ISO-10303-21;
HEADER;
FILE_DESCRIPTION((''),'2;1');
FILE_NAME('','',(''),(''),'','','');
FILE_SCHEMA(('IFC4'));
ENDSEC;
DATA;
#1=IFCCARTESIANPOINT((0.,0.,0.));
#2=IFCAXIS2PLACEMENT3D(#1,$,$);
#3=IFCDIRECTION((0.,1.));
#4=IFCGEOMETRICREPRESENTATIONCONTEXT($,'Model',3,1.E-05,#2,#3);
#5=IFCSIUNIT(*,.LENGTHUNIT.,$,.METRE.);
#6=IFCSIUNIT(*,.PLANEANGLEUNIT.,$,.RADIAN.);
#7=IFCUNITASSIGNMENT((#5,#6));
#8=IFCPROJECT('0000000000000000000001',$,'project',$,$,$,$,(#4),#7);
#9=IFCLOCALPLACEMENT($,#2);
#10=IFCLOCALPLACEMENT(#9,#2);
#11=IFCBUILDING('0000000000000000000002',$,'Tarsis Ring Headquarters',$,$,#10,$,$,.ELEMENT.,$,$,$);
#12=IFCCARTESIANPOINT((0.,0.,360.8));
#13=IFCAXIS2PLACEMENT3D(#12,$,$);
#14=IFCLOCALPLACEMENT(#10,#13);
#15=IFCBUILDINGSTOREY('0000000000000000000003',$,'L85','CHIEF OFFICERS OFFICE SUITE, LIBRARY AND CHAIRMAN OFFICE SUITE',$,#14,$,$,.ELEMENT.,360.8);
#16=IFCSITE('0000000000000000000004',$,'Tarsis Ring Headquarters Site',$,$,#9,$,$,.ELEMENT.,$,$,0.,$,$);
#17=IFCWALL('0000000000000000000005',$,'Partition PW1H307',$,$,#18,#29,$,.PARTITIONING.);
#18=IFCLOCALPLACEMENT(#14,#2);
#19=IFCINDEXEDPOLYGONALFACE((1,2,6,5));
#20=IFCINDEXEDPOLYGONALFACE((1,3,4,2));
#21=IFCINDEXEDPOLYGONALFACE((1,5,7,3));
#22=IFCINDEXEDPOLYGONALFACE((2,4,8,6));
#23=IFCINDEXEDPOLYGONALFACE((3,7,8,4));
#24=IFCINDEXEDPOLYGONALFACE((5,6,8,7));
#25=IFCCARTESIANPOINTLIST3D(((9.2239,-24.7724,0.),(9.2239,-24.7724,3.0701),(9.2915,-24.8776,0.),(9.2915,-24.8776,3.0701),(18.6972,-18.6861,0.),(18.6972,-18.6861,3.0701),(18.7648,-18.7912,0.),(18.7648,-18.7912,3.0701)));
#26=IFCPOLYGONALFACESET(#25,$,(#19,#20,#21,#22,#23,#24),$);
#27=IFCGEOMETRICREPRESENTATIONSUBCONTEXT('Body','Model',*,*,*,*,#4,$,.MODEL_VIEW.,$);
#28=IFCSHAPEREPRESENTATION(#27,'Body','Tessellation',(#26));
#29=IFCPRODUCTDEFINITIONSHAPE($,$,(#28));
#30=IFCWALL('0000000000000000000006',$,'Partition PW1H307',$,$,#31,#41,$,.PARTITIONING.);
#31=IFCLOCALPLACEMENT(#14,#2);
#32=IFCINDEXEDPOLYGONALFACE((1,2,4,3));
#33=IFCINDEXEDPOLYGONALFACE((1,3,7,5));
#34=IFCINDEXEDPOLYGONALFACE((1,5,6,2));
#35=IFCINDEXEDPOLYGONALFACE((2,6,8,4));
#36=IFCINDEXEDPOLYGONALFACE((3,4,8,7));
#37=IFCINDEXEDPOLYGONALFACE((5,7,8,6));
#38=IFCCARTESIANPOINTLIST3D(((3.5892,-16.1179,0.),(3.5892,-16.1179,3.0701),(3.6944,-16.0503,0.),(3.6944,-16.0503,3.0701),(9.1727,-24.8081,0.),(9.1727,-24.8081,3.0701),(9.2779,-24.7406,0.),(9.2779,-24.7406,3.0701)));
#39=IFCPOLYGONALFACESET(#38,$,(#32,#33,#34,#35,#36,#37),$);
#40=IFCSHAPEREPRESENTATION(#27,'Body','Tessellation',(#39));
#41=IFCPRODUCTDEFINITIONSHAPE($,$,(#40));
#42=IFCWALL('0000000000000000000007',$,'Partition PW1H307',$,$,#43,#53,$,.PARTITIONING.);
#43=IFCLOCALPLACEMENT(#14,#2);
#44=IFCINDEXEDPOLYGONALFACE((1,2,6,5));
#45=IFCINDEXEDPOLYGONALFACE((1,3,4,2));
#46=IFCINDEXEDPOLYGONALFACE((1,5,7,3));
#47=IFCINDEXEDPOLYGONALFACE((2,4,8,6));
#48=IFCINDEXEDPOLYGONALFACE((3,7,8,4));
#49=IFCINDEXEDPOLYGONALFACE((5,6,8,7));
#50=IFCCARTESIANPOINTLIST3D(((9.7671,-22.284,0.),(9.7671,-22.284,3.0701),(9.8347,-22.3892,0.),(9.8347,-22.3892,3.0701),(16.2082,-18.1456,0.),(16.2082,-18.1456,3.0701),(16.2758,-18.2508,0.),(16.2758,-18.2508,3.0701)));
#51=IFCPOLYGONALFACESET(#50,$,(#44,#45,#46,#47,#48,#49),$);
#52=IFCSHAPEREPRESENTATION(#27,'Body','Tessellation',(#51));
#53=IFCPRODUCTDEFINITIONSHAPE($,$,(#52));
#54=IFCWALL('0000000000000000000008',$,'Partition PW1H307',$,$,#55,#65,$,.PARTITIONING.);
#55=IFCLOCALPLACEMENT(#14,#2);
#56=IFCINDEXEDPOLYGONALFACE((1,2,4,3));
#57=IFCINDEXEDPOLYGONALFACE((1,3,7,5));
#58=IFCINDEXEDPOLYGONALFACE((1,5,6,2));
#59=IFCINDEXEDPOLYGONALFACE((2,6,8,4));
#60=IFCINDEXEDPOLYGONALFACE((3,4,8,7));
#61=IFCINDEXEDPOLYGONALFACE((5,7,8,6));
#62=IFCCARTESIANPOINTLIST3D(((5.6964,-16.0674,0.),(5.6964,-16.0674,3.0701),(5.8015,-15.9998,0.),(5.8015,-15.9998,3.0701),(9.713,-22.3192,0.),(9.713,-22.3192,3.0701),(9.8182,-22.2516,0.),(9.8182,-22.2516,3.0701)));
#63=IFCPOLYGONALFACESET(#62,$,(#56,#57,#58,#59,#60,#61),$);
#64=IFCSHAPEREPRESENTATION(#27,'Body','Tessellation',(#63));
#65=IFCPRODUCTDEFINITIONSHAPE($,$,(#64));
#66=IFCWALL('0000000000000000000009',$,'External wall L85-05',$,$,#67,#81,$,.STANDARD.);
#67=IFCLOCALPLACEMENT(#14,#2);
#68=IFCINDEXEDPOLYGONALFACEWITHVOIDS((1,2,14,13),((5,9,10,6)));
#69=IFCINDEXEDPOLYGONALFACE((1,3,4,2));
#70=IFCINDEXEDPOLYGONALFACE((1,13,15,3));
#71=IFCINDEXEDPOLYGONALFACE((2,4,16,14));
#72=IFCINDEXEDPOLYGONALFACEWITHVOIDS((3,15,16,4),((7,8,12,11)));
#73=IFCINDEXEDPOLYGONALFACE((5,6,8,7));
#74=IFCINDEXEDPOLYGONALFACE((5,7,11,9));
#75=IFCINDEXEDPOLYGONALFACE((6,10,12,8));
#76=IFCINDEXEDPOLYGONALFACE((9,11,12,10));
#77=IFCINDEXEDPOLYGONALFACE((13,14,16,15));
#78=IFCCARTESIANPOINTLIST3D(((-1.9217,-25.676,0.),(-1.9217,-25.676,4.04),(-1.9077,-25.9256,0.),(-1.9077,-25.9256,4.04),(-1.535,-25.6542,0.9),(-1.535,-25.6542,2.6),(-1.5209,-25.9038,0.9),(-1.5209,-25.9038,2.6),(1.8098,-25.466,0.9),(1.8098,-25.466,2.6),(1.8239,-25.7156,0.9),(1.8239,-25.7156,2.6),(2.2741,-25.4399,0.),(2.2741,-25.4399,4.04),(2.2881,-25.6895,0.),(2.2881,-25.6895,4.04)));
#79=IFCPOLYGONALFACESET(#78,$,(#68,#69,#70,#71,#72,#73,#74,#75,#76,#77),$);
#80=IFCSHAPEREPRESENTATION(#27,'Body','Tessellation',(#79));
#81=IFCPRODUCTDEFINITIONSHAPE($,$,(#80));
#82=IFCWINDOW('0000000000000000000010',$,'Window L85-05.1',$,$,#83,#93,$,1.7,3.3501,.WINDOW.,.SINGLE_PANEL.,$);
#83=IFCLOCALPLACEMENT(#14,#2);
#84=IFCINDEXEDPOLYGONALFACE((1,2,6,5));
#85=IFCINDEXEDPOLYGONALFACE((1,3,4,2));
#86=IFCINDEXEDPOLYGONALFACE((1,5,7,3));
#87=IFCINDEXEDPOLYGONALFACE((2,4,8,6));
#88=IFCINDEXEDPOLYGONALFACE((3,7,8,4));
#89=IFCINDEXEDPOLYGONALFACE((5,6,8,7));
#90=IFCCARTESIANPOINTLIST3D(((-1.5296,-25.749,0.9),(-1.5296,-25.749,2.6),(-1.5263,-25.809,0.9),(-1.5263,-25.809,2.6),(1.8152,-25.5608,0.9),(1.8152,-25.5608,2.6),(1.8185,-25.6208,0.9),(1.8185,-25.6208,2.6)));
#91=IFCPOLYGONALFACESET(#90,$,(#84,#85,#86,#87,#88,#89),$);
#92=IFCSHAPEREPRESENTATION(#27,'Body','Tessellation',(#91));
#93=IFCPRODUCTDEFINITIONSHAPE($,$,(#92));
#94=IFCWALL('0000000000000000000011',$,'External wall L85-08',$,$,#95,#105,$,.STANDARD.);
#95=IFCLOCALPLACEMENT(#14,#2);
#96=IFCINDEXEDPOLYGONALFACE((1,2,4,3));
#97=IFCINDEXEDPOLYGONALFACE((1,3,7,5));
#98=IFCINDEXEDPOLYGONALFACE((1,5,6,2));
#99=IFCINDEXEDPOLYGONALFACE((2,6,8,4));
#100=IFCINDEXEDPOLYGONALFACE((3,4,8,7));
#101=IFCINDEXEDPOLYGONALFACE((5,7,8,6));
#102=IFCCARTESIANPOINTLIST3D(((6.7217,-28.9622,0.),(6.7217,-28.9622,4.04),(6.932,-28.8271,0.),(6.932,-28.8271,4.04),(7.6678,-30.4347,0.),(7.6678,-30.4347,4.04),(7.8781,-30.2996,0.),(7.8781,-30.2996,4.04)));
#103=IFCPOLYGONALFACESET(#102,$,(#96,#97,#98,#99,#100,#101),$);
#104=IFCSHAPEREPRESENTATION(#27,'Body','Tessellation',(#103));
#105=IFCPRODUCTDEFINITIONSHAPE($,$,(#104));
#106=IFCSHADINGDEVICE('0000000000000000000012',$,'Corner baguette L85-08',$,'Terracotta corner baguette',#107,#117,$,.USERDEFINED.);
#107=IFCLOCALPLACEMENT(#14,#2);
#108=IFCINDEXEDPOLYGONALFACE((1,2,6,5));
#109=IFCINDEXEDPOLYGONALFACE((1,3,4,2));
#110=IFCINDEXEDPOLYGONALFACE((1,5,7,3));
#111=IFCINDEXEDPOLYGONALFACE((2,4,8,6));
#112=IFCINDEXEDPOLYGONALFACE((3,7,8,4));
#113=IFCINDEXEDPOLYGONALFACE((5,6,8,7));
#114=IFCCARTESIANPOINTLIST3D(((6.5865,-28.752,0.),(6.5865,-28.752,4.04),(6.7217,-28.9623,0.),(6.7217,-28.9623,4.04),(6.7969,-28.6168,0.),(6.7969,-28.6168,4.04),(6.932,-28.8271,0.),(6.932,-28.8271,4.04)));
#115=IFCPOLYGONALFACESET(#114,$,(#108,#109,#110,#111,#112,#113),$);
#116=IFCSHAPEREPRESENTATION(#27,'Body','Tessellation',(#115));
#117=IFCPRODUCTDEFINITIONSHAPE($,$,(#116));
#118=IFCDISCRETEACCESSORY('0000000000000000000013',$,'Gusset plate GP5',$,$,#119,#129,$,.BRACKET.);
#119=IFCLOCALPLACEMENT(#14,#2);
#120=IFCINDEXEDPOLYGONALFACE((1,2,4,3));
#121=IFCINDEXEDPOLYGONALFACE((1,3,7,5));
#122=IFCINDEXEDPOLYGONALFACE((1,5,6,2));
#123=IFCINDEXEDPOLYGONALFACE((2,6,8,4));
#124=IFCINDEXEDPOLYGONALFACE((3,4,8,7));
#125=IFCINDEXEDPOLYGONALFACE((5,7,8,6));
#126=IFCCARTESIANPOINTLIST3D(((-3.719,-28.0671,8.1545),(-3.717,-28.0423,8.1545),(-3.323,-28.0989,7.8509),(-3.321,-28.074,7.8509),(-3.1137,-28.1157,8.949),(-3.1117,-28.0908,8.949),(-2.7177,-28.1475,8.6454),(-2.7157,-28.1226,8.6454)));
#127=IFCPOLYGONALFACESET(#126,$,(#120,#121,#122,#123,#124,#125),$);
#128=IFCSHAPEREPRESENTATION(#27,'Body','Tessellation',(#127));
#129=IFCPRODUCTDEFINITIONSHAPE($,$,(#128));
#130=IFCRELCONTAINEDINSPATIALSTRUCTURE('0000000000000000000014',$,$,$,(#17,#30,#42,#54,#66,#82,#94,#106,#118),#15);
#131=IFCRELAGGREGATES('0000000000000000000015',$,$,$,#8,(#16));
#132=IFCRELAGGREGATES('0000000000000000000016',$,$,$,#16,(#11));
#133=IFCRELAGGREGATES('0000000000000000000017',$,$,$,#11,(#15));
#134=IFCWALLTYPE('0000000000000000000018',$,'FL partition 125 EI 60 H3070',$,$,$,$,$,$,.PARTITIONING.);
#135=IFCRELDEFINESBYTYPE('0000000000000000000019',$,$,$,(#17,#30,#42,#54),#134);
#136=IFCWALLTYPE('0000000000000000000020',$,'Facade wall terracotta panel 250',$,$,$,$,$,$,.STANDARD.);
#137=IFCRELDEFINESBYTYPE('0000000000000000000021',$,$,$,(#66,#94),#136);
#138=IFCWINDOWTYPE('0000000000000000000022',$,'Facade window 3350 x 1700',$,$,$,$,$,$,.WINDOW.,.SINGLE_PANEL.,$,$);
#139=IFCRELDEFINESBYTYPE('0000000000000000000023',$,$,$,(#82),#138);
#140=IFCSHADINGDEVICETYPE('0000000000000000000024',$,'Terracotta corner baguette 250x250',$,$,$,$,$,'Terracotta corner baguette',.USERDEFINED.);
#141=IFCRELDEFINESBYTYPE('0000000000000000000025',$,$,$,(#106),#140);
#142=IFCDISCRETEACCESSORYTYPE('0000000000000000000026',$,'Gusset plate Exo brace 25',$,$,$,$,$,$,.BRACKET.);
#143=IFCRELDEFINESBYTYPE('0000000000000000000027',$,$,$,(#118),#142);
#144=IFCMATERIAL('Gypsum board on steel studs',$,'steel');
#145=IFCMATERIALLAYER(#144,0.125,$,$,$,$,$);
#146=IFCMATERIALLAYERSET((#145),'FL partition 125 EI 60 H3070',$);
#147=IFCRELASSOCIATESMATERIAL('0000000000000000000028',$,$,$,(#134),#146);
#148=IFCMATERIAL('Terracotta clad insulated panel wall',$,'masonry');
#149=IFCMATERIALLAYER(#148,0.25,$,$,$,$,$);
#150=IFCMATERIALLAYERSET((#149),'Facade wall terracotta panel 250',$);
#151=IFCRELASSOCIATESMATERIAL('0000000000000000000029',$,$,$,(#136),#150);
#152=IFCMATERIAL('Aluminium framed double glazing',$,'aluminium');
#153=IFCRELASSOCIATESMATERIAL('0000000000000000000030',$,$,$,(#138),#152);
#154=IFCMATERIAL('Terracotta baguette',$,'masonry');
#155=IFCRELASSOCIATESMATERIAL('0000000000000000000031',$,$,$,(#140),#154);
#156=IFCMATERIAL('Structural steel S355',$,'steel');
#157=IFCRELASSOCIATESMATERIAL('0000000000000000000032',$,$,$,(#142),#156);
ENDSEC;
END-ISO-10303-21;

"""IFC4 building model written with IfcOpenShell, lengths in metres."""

from ifc_helpers import new_model, si_unit, direction, frame, frame_2d, origin, origin_2d, place, context, subcontext, project, spatial, rectangle, extrude, material, layer, layer_set, material_profile, profile_set, type_object, element, fill, save


model = new_model("IFC4")

# Units and contexts
model_context = context("Model", 3, precision=1e-05, world=origin(), true_north=direction((0.0, 1.0)))
body_context = subcontext(model_context, "Body", "Model", "MODEL_VIEW")
ifc_project = project(units=[si_unit("LENGTHUNIT", "METRE"), si_unit("PLANEANGLEUNIT", "RADIAN")], contexts=[model_context])

# Site, building, storey
site_placement = place(None, origin())
site = spatial("IfcSite", under=ifc_project, at=site_placement, Name="Tarsis Ring Headquarters Site", CompositionType="ELEMENT", RefElevation=0.0)
building_placement = place(site_placement, origin())
building = spatial("IfcBuilding", under=site, at=building_placement, Name="Tarsis Ring Headquarters", CompositionType="ELEMENT")
storey_placement = place(building_placement, frame((0.0, 0.0, 360.8)))
storey = spatial("IfcBuildingStorey", under=building, at=storey_placement, Name="L85", Description="CHIEF OFFICERS OFFICE SUITE, LIBRARY AND CHAIRMAN OFFICE SUITE", CompositionType="ELEMENT", Elevation=360.8)

# Shared definitions
ifc_material_1 = material(Name="Structural steel S355", Category="steel")

# Walls
ifc_material_2 = material(Name="Gypsum board on steel studs", Category="steel")
ifc_layer_1 = layer(ifc_material_2, 0.125)
ifc_layer_set_1 = layer_set([ifc_layer_1], Name="FL partition 125 EI 60 H3070")
wall_type_1 = type_object("IfcWallType", Name="FL partition 125 EI 60 H3070", PredefinedType="PARTITIONING", material=ifc_layer_set_1)
wall_1_placement = place(storey_placement, frame((9.2578, -24.825, 0.0), z_axis=(0.0, 0.0, 1.0), x_axis=(0.841324, 0.540531, 0.0)))
element("IfcWall", 1, at=wall_1_placement, inside=storey, type_object=wall_type_1, Name="Partition PW1H307", PredefinedType="PARTITIONING", context=body_context, shape_type="SweptSolid", body=[
    extrude(rectangle(XDim=11.26, YDim=0.125, at=frame_2d((5.6299, 0.0))), origin(), (0.0, 0.0, 1.0), 3.0701),
])
wall_2_placement = place(storey_placement, frame((3.6418, -16.0842, 0.0), z_axis=(0.0, 0.0, 1.0), x_axis=(0.540549, -0.841313, 0.0)))
element("IfcWall", 2, at=wall_2_placement, inside=storey, type_object=wall_type_1, Name="Partition PW1H307", PredefinedType="PARTITIONING", context=body_context, shape_type="SweptSolid", body=[
    extrude(rectangle(XDim=10.3293, YDim=0.125, at=frame_2d((5.1646, 0.0))), origin(), (0.0, 0.0, 1.0), 3.0701),
])
wall_3_placement = place(storey_placement, frame((9.8008, -22.3367, 0.0), z_axis=(0.0, 0.0, 1.0), x_axis=(0.841316, 0.540543, 0.0)))
element("IfcWall", 3, at=wall_3_placement, inside=storey, type_object=wall_type_1, Name="Partition PW1H307", PredefinedType="PARTITIONING", context=body_context, shape_type="SweptSolid", body=[
    extrude(rectangle(XDim=7.656, YDim=0.125, at=frame_2d((3.8281, 0.0))), origin(), (0.0, 0.0, 1.0), 3.0701),
])
wall_4_placement = place(storey_placement, frame((5.749, -16.0337, 0.0), z_axis=(0.0, 0.0, 1.0), x_axis=(0.540533, -0.841323, 0.0)))
element("IfcWall", 4, at=wall_4_placement, inside=storey, type_object=wall_type_1, Name="Partition PW1H307", PredefinedType="PARTITIONING", context=body_context, shape_type="SweptSolid", body=[
    extrude(rectangle(XDim=7.4309, YDim=0.125, at=frame_2d((3.7153, 0.0))), origin(), (0.0, 0.0, 1.0), 3.0701),
])

# Wall, opening, window
ifc_material_3 = material(Name="Terracotta clad insulated panel wall", Category="masonry")
ifc_layer_2 = layer(ifc_material_3, 0.25)
ifc_layer_set_2 = layer_set([ifc_layer_2], Name="Facade wall terracotta panel 250")
wall_type_2 = type_object("IfcWallType", Name="Facade wall terracotta panel 250", PredefinedType="STANDARD", material=ifc_layer_set_2)
wall_5_placement = place(storey_placement, frame((-1.9146, -25.8008, 0.0), z_axis=(0.0, 0.0, 1.0), x_axis=(0.998421, 0.056178, 0.0)))
wall_5 = element("IfcWall", 5, at=wall_5_placement, inside=storey, type_object=wall_type_2, Name="External wall L85-05", PredefinedType="STANDARD", context=body_context, shape_type="SweptSolid", body=[
    extrude(rectangle(XDim=4.2024, YDim=0.25, at=frame_2d((2.1011, 0.0))), origin(), (0.0, 0.0, 1.0), 4.04),
])
opening_1_placement = place(wall_5_placement, frame((0.3872, 0.0, 0.8999)))
opening_1 = element("IfcOpeningElement", 6, at=opening_1_placement, cuts=wall_5, PredefinedType="OPENING", context=body_context, shape_type="SweptSolid", body=[
    extrude(rectangle(XDim=3.3501, YDim=1.7, at=frame_2d((1.675, 0.8501))), frame((0.0, 0.135, 0.0), z_axis=(0.0, -1.0, 0.0), x_axis=(1.0, 0.0, 0.0)), (0.0, 0.0, 1.0), 0.27),
])
ifc_material_4 = material(Name="Aluminium framed double glazing", Category="aluminium")
window_type = type_object("IfcWindowType", Name="Facade window 3350 x 1700", PartitioningType="SINGLE_PANEL", PredefinedType="WINDOW", material=ifc_material_4)
window_placement = place(opening_1_placement, origin())
window = element("IfcWindow", 7, at=window_placement, inside=storey, type_object=window_type, Name="Window L85-05.1", OverallHeight=1.7, OverallWidth=3.3501, PartitioningType="SINGLE_PANEL", PredefinedType="WINDOW", context=body_context, shape_type="SweptSolid", body=[
    extrude(rectangle(XDim=3.3501, YDim=1.7, at=frame_2d((1.675, 0.8501))), frame((0.0, 0.03, 0.0), z_axis=(0.0, -1.0, 0.0), x_axis=(1.0, 0.0, 0.0)), (0.0, 0.0, 1.0), 0.0601),
])
fill(opening_1, window)

# Wall
wall_6_placement = place(storey_placement, frame((6.8269, -28.8948, 0.0), z_axis=(0.0, 0.0, 1.0), x_axis=(0.540553, -0.84131, 0.0)))
element("IfcWall", 8, at=wall_6_placement, inside=storey, type_object=wall_type_2, Name="External wall L85-08", PredefinedType="STANDARD", context=body_context, shape_type="SweptSolid", body=[
    extrude(rectangle(XDim=1.7502, YDim=0.25, at=frame_2d((0.875, 0.0))), origin(), (0.0, 0.0, 1.0), 4.04),
])

# Shading device
ifc_material_5 = material(Name="Terracotta baguette", Category="masonry")
shading_device_type = type_object("IfcShadingDeviceType", Name="Terracotta corner baguette 250x250", ElementType="Terracotta corner baguette", PredefinedType="USERDEFINED", material=ifc_material_5)
shading_device_placement = place(storey_placement, frame((6.7593, -28.7896, 0.0), z_axis=(0.0, 0.0, 1.0), x_axis=(0.841322, 0.540534, 0.0)))
element("IfcShadingDevice", 9, at=shading_device_placement, inside=storey, type_object=shading_device_type, Name="Corner baguette L85-08", ObjectType="Terracotta corner baguette", PredefinedType="USERDEFINED", context=body_context, shape_type="SweptSolid", body=[
    extrude(rectangle(XDim=0.25, YDim=0.25, at=origin_2d()), origin(), (0.0, 0.0, 1.0), 4.04),
])

# Discrete accessory
ifc_material_profile_1 = material_profile(ifc_material_1, rectangle(XDim=0.0249, YDim=0.5, at=origin_2d()), Name="PL 25x500")
ifc_profile_set_1 = profile_set([ifc_material_profile_1], Name="Structural steel S355")
discrete_accessory_type = type_object("IfcDiscreteAccessoryType", Name="Gusset plate Exo brace 25", PredefinedType="BRACKET", material=ifc_profile_set_1)
discrete_accessory_placement = place(storey_placement, frame((-3.52, -28.0706, 8.0027), z_axis=(0.605291, -0.048589, 0.79452), x_axis=(0.080017, 0.996794, 0.0)))
element("IfcDiscreteAccessory", 10, at=discrete_accessory_placement, inside=storey, type_object=discrete_accessory_type, Name="Gusset plate GP5", PredefinedType="BRACKET", context=body_context, shape_type="SweptSolid", body=[
    extrude(rectangle(XDim=0.0249, YDim=0.5, at=origin_2d()), origin(), (0.0, 0.0, 1.0), 1.0),
])

save(model, "model.ifc")
